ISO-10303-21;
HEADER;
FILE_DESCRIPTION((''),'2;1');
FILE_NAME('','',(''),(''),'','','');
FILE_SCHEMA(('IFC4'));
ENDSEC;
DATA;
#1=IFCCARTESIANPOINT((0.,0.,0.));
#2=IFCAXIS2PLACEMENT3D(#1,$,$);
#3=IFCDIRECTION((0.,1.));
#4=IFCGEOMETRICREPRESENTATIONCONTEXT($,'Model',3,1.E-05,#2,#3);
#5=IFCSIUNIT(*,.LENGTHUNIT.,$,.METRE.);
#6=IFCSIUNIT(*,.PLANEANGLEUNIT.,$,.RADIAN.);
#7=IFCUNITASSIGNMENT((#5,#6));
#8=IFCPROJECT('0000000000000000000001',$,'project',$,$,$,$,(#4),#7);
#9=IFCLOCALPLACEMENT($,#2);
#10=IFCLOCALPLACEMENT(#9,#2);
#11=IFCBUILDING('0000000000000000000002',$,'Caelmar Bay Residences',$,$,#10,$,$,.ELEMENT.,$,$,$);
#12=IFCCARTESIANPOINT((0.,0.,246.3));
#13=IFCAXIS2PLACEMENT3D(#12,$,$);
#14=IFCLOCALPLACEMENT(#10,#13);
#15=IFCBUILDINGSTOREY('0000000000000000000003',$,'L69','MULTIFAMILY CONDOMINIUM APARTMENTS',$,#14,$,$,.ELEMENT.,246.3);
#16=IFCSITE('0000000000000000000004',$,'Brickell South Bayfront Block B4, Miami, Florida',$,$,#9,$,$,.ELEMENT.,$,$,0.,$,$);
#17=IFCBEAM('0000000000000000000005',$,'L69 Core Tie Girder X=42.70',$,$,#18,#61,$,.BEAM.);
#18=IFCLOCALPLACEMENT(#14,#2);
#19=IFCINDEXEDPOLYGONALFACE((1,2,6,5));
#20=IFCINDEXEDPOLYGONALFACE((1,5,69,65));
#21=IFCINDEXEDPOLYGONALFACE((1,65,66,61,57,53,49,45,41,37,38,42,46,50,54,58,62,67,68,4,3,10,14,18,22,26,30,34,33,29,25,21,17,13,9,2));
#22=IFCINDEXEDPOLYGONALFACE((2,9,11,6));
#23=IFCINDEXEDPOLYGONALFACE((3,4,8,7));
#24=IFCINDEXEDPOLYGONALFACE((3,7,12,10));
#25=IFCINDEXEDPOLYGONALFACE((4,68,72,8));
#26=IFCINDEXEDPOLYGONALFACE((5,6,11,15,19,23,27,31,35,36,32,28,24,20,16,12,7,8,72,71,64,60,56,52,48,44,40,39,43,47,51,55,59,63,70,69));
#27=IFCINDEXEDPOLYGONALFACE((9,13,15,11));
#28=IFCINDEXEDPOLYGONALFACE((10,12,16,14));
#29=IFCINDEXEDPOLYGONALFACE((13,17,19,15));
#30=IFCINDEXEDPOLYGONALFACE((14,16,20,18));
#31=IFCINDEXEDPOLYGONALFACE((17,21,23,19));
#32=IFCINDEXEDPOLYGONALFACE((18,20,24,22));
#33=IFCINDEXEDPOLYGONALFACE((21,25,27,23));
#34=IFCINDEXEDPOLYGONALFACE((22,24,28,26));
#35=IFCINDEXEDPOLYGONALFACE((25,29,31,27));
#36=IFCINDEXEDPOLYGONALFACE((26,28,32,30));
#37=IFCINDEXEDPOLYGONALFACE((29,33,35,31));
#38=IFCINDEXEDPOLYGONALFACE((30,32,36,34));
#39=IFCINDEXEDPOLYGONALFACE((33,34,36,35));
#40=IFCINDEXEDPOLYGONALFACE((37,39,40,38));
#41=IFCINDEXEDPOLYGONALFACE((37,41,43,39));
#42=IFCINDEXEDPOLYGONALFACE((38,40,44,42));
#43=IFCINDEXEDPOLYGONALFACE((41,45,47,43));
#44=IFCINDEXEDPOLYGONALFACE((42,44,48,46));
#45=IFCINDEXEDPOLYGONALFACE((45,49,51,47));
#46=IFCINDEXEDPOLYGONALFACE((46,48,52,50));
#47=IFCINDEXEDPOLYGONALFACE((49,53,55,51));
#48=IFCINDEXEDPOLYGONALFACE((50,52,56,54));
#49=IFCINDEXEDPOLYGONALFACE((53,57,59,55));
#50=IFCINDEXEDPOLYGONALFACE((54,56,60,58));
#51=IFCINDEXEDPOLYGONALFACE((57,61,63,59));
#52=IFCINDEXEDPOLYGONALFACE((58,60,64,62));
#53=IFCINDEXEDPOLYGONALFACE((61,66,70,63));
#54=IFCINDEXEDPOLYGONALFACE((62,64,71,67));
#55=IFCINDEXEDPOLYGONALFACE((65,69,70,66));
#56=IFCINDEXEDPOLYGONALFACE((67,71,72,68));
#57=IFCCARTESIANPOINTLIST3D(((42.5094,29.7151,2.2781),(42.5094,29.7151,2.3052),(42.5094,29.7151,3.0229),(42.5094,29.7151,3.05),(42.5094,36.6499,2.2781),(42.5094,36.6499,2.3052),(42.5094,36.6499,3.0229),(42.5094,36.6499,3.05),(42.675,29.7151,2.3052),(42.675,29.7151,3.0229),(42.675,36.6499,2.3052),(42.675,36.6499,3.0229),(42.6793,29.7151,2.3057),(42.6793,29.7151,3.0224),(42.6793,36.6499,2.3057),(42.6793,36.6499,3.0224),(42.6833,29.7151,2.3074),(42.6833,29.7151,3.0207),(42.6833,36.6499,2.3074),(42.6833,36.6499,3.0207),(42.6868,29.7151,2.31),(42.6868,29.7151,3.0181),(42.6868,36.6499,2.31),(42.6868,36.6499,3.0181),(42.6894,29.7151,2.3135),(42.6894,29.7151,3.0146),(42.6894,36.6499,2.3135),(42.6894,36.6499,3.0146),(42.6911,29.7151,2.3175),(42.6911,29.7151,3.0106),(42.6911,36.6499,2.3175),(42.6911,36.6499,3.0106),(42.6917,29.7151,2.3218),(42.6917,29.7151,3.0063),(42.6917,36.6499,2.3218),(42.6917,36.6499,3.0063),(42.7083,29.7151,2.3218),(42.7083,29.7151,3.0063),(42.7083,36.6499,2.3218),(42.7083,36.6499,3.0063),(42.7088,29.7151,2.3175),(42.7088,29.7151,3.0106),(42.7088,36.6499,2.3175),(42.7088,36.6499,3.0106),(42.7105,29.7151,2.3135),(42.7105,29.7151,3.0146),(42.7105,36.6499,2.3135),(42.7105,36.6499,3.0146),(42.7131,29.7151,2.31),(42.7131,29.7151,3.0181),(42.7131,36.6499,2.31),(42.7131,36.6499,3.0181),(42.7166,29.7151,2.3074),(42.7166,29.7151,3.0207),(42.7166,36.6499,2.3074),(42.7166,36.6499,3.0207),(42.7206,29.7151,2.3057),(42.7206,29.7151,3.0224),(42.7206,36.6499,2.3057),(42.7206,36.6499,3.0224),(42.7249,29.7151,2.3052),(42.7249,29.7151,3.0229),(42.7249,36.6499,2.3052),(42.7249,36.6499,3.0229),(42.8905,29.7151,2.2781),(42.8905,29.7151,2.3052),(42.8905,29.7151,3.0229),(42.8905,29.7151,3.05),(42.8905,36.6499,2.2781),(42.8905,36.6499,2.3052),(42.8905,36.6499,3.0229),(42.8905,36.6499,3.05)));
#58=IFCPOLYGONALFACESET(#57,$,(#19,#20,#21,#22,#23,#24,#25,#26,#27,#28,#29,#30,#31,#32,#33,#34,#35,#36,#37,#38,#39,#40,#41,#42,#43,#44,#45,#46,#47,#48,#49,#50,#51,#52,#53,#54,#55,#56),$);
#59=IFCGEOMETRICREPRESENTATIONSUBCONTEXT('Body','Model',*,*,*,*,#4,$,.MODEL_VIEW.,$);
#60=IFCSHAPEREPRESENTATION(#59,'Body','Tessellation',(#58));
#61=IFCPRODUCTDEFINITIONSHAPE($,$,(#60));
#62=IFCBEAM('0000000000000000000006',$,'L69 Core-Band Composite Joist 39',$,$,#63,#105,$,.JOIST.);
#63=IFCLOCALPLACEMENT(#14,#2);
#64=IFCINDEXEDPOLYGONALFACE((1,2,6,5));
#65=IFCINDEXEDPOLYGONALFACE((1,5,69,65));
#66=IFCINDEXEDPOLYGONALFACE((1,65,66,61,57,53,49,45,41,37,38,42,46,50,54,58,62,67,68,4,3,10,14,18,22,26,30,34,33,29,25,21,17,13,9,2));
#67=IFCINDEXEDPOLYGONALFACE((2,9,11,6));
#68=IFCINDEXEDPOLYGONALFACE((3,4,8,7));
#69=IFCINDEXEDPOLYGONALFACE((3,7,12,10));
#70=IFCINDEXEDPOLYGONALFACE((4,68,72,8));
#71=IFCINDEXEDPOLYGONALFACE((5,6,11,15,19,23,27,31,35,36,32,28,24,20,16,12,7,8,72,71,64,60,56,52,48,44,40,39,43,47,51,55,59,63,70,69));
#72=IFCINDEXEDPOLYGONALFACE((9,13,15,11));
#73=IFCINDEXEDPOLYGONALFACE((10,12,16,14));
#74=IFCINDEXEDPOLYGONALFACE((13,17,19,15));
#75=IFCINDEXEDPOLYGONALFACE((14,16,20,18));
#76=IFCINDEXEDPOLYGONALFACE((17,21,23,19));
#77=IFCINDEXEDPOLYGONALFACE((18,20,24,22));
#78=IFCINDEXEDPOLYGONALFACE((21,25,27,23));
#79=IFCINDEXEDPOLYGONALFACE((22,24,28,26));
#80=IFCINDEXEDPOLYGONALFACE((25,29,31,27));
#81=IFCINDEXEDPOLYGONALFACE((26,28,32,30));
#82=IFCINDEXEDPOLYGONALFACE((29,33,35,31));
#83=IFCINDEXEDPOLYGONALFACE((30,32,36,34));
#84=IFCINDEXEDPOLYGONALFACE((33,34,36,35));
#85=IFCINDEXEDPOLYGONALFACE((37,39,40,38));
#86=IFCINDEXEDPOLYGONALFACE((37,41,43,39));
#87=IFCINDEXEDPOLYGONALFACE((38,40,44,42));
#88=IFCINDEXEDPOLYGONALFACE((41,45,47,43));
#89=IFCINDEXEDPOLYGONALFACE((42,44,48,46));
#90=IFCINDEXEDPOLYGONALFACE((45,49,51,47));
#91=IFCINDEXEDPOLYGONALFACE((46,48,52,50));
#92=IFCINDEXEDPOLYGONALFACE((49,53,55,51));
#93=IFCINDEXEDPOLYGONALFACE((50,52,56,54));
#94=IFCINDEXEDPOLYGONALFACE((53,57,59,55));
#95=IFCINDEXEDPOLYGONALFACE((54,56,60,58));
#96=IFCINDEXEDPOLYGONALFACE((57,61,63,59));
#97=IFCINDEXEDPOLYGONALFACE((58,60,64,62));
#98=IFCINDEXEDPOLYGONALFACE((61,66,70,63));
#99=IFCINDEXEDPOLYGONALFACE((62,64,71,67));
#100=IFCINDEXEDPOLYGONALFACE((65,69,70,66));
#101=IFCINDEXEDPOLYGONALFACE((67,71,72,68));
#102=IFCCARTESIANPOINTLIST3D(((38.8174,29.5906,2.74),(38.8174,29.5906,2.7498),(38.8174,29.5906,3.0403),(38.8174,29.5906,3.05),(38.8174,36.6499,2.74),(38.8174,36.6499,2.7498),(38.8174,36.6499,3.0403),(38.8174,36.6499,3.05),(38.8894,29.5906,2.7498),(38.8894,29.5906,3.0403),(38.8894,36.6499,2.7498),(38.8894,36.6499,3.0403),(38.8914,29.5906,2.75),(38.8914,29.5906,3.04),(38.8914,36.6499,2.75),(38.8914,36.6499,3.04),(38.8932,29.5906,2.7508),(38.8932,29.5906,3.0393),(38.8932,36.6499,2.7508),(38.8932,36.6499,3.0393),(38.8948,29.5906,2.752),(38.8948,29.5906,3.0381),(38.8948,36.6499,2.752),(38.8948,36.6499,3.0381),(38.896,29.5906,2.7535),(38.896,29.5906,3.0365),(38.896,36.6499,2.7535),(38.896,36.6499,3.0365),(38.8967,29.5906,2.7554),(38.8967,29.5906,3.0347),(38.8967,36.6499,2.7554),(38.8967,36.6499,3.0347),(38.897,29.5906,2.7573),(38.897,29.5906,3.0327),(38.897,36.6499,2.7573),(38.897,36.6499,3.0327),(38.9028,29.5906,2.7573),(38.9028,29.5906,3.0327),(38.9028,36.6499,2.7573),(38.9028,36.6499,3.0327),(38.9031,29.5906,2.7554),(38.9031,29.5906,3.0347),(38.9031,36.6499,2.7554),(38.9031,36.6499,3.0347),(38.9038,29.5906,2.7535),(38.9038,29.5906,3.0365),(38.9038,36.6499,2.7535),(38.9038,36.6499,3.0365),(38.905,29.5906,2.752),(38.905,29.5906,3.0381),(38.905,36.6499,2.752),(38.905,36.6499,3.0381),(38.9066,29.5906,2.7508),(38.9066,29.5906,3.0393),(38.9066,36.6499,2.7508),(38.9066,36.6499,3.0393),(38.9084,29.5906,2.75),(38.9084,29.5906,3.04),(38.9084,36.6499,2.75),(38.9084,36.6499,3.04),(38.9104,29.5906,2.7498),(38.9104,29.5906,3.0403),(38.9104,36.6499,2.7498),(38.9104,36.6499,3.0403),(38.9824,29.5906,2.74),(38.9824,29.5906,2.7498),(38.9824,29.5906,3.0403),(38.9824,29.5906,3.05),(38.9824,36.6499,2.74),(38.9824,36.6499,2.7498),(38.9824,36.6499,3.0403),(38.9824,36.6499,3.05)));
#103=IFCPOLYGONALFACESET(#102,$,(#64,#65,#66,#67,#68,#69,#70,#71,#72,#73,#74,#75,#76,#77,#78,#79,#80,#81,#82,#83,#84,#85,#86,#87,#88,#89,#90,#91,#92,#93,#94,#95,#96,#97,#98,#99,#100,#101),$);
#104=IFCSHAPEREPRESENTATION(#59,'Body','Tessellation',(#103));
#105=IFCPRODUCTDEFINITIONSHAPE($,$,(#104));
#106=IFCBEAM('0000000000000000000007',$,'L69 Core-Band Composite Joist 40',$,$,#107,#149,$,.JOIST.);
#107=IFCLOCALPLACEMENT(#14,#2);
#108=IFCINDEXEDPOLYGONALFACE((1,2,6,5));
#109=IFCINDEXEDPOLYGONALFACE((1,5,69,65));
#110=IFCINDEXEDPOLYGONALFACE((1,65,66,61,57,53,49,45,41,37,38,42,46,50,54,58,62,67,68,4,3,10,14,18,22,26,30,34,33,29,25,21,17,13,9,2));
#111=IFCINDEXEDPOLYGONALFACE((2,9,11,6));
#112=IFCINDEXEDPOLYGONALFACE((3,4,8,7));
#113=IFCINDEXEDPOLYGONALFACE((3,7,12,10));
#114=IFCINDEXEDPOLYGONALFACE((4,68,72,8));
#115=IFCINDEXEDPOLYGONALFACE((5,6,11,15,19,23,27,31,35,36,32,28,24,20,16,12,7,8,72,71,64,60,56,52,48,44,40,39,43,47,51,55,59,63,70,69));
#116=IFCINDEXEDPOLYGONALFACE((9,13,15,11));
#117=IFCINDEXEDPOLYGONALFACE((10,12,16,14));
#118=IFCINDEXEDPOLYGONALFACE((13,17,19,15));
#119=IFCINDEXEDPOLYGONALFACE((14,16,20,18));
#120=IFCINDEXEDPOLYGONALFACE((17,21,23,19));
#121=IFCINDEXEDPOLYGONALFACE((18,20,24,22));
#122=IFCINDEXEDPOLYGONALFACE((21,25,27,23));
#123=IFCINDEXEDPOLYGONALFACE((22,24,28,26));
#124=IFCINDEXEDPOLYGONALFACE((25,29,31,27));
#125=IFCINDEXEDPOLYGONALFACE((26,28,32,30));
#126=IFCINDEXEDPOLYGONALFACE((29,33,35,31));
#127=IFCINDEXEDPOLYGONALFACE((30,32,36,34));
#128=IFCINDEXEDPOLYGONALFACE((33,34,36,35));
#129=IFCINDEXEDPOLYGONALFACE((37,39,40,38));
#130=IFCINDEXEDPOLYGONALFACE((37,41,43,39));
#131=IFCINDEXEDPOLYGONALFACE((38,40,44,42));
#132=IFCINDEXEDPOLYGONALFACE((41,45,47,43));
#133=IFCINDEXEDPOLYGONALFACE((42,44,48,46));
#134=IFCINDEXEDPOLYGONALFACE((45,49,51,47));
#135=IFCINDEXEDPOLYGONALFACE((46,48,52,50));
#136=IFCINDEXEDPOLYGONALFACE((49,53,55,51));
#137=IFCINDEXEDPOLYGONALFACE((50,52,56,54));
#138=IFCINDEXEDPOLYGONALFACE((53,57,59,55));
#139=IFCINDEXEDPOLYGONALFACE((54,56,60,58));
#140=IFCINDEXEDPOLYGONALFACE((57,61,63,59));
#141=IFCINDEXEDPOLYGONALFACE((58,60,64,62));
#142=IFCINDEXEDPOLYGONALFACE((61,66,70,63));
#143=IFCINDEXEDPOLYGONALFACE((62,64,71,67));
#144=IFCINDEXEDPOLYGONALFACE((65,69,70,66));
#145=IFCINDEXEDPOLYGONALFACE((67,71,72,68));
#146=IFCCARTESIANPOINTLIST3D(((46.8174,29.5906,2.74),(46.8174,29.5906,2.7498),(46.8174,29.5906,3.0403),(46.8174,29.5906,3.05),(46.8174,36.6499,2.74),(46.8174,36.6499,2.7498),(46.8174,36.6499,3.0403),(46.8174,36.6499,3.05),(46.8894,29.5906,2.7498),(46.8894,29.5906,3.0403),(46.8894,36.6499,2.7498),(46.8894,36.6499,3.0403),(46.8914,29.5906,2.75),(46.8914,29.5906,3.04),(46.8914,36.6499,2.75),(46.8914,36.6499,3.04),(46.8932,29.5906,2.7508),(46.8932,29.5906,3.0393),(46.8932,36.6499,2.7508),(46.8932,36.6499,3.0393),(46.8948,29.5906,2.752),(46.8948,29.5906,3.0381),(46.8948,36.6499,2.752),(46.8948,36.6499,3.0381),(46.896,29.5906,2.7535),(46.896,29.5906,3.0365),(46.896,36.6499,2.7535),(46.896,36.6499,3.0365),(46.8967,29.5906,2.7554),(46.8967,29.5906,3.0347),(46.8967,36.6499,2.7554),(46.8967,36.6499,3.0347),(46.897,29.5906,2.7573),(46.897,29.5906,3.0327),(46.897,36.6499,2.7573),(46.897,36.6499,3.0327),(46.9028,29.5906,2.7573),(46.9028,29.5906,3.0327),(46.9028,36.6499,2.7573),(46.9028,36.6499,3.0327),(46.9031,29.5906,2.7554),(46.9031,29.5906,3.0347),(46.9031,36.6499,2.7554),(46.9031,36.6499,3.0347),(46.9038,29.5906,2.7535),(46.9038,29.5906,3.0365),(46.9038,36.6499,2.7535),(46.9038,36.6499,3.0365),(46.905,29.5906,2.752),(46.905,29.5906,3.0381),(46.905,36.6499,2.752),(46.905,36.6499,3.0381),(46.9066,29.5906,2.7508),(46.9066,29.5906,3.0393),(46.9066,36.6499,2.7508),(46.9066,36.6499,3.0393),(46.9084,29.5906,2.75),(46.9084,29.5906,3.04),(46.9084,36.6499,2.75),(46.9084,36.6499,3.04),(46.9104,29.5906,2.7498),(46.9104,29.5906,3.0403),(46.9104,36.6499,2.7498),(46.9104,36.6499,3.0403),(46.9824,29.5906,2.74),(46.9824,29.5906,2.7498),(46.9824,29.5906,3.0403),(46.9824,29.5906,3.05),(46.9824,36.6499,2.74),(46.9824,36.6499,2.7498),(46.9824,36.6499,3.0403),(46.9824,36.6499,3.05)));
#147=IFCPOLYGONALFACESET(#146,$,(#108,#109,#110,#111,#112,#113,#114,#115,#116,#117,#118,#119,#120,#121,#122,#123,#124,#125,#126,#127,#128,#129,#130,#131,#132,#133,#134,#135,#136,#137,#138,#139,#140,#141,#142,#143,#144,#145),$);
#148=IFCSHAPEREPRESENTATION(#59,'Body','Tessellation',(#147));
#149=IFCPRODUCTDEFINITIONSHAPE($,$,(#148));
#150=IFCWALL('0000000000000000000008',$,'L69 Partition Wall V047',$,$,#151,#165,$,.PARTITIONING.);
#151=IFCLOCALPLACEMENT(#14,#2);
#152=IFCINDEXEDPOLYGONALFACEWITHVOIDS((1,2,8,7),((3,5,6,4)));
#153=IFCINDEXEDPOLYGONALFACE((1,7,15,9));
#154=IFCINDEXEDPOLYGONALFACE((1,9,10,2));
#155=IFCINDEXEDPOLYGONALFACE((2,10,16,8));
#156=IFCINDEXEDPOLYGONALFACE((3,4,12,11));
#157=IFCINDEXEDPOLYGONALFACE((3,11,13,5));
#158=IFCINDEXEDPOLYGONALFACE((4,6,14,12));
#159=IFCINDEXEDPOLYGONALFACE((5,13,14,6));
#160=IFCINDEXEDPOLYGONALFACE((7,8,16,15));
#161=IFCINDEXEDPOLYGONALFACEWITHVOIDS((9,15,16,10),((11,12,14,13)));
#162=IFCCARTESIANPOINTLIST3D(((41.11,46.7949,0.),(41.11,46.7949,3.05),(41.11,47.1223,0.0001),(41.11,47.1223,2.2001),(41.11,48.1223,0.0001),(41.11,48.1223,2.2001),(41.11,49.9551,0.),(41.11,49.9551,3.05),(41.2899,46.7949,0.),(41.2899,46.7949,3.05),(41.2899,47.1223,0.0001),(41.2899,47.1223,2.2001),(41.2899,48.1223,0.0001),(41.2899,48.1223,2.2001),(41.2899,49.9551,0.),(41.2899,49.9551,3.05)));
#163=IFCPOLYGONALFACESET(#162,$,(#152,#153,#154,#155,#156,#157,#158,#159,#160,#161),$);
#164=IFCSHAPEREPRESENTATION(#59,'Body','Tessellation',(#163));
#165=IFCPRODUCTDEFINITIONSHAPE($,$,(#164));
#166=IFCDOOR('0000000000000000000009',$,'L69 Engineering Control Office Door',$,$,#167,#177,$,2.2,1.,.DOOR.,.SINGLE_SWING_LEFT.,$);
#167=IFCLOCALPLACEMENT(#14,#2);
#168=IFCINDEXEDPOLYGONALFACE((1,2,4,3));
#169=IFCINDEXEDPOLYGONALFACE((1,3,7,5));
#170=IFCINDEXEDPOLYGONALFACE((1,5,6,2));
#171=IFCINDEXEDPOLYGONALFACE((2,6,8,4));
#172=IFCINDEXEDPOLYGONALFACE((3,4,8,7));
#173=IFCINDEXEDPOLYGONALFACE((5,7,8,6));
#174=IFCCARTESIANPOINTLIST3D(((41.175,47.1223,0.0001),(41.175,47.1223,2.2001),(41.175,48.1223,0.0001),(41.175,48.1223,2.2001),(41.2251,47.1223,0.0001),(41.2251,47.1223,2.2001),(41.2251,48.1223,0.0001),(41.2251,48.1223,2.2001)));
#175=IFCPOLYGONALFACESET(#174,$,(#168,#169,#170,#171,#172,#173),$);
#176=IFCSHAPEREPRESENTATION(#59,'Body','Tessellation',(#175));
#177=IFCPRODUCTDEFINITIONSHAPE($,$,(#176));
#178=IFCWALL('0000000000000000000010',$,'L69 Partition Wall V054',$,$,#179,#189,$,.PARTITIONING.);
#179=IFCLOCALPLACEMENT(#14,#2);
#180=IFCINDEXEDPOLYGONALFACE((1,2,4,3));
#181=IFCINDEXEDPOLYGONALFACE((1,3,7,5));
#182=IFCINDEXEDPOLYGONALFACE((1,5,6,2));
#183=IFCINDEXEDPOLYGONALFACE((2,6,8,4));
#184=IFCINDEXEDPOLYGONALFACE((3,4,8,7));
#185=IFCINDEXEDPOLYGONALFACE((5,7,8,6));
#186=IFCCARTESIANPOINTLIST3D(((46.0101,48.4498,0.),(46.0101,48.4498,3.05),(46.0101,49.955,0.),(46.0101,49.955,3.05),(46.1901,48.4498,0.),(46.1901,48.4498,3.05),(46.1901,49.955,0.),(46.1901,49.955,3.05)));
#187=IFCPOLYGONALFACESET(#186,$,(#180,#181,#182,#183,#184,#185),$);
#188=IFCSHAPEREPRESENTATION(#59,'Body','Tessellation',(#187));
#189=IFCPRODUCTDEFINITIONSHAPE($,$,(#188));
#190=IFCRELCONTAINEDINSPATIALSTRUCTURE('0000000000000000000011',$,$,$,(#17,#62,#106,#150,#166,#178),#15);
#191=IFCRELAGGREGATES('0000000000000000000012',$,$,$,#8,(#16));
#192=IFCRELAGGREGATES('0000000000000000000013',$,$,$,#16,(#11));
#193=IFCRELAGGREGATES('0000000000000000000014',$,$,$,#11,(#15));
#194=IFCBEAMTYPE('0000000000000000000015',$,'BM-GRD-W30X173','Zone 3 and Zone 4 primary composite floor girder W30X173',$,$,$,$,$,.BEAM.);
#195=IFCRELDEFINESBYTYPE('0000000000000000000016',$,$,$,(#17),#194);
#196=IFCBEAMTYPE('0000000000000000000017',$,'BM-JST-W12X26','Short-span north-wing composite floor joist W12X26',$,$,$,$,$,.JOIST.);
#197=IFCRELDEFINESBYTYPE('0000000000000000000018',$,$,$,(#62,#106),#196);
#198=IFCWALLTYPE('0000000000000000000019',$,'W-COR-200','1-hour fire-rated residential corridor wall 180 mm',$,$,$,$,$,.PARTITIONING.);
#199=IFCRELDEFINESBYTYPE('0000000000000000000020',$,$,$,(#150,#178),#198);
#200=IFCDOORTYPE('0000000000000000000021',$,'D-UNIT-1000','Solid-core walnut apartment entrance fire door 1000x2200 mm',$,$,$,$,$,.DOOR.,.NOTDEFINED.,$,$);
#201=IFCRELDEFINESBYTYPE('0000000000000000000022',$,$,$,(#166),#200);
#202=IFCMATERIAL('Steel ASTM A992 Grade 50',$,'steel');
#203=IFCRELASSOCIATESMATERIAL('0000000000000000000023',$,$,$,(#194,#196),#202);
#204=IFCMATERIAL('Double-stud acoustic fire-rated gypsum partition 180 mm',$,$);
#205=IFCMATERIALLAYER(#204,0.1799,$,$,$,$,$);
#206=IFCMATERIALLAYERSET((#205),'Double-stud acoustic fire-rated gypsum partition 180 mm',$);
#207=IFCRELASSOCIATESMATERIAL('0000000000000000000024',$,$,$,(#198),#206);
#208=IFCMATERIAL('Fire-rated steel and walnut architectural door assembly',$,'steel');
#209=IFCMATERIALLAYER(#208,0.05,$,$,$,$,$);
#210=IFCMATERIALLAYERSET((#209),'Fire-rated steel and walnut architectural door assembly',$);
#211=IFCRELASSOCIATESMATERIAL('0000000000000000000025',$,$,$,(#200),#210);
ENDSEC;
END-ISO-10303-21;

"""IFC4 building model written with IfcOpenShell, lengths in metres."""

from ifc_helpers import new_model, si_unit, direction, frame, frame_2d, origin, origin_2d, place, context, subcontext, project, spatial, rectangle, i_section, extrude, material, layer, layer_set, material_profile, profile_set, type_object, element, fill, save


model = new_model("IFC4")

# Units and contexts
model_context = context("Model", 3, precision=1e-05, world=origin(), true_north=direction((0.0, 1.0)))
body_context = subcontext(model_context, "Body", "Model", "MODEL_VIEW")
ifc_project = project(units=[si_unit("LENGTHUNIT", "METRE"), si_unit("PLANEANGLEUNIT", "RADIAN")], contexts=[model_context])

# Site, building, storey
site_placement = place(None, origin())
site = spatial("IfcSite", under=ifc_project, at=site_placement, Name="Brickell South Bayfront Block B4, Miami, Florida", CompositionType="ELEMENT", RefElevation=0.0)
building_placement = place(site_placement, origin())
building = spatial("IfcBuilding", under=site, at=building_placement, Name="Caelmar Bay Residences", CompositionType="ELEMENT")
storey_placement = place(building_placement, frame((0.0, 0.0, 246.3)))
storey = spatial("IfcBuildingStorey", under=building, at=storey_placement, Name="L69", Description="MULTIFAMILY CONDOMINIUM APARTMENTS", CompositionType="ELEMENT", Elevation=246.3)

# Beams
ifc_material_1 = material(Name="Steel ASTM A992 Grade 50", Category="steel")
ifc_material_profile_1 = material_profile(ifc_material_1, i_section(OverallWidth=0.3811, OverallDepth=0.772, WebThickness=0.0166, FlangeThickness=0.0271, FilletRadius=0.0166, at=origin_2d()), Name="W30X173")
ifc_profile_set_1 = profile_set([ifc_material_profile_1], Name="Steel ASTM A992 Grade 50")
beam_type_1 = type_object("IfcBeamType", Name="BM-GRD-W30X173", Description="Zone 3 and Zone 4 primary composite floor girder W30X173", PredefinedType="BEAM", material=ifc_profile_set_1)
beam_placement = place(storey_placement, frame((42.7, 29.7151, 2.6641), z_axis=(0.0, 1.0, 0.0), x_axis=(-1.0, 0.0, 0.0)))
element("IfcBeam", 1, at=beam_placement, inside=storey, type_object=beam_type_1, Name="L69 Core Tie Girder X=42.70", PredefinedType="BEAM", context=body_context, shape_type="SweptSolid", body=[
    extrude(i_section(OverallWidth=0.3811, OverallDepth=0.772, WebThickness=0.0166, FlangeThickness=0.0271, FilletRadius=0.0166, at=origin_2d()), origin(), (0.0, 0.0, 1.0), 6.9348),
])
ifc_material_profile_2 = material_profile(ifc_material_1, i_section(OverallWidth=0.165, OverallDepth=0.3101, WebThickness=0.0059, FlangeThickness=0.0098, FilletRadius=0.0076, at=origin_2d()), Name="W12X26")
ifc_profile_set_2 = profile_set([ifc_material_profile_2], Name="Steel ASTM A992 Grade 50")
beam_type_2 = type_object("IfcBeamType", Name="BM-JST-W12X26", Description="Short-span north-wing composite floor joist W12X26", PredefinedType="JOIST", material=ifc_profile_set_2)
for number, where, z_axis, x_axis, name in (
    (2, (38.8999, 29.5906, 2.895), (0.0, 1.0, 0.0), (-1.0, 0.0, 0.0), "L69 Core-Band Composite Joist 39"),
    (3, (46.8999, 29.5906, 2.895), (0.0, 1.0, 0.0), (-1.0, 0.0, 0.0), "L69 Core-Band Composite Joist 40"),
):
    element("IfcBeam", number, at=place(storey_placement, frame(where, z_axis=z_axis, x_axis=x_axis)), inside=storey, type_object=beam_type_2, Name=name, PredefinedType="JOIST", context=body_context, shape_type="SweptSolid", body=[
        extrude(i_section(OverallWidth=0.165, OverallDepth=0.3101, WebThickness=0.0059, FlangeThickness=0.0098, FilletRadius=0.0076, at=origin_2d()), origin(), (0.0, 0.0, 1.0), 7.0593),
    ])

# Wall, opening, door
ifc_material_2 = material(Name="Double-stud acoustic fire-rated gypsum partition 180 mm")
ifc_layer_1 = layer(ifc_material_2, 0.1799)
ifc_layer_set_1 = layer_set([ifc_layer_1], Name="Double-stud acoustic fire-rated gypsum partition 180 mm")
wall_type_1 = type_object("IfcWallType", Name="W-COR-200", Description="1-hour fire-rated residential corridor wall 180 mm", PredefinedType="PARTITIONING", material=ifc_layer_set_1)
wall_1_placement = place(storey_placement, frame((41.2, 46.7949, 0.0), z_axis=(0.0, 0.0, 1.0), x_axis=(0.0, 1.0, 0.0)))
wall_1 = element("IfcWall", 4, at=wall_1_placement, inside=storey, type_object=wall_type_1, Name="L69 Partition Wall V047", PredefinedType="PARTITIONING", context=body_context, shape_type="SweptSolid", body=[
    extrude(rectangle(XDim=3.1602, YDim=0.1799, at=frame_2d((1.5801, 0.0))), origin(), (0.0, 0.0, 1.0), 3.05),
])
opening_1_placement = place(wall_1_placement, frame((0.3274, 0.0, 0.0)))
opening_1 = element("IfcOpeningElement", 5, at=opening_1_placement, cuts=wall_1, PredefinedType="OPENING", context=body_context, shape_type="SweptSolid", body=[
    extrude(rectangle(XDim=1.0, YDim=2.2, at=frame_2d((0.5, 1.1001))), frame((0.0, 0.0999, 0.0), z_axis=(0.0, -1.0, 0.0), x_axis=(1.0, 0.0, 0.0)), (0.0, 0.0, 1.0), 0.2),
])
ifc_material_3 = material(Name="Fire-rated steel and walnut architectural door assembly", Category="steel")
ifc_layer_2 = layer(ifc_material_3, 0.05)
ifc_layer_set_2 = layer_set([ifc_layer_2], Name="Fire-rated steel and walnut architectural door assembly")
door_type_1 = type_object("IfcDoorType", Name="D-UNIT-1000", Description="Solid-core walnut apartment entrance fire door 1000x2200 mm", OperationType="NOTDEFINED", PredefinedType="DOOR", material=ifc_layer_set_2)
door_1_placement = place(opening_1_placement, origin())
door_1 = element("IfcDoor", 6, at=door_1_placement, inside=storey, type_object=door_type_1, Name="L69 Engineering Control Office Door", OperationType="SINGLE_SWING_LEFT", OverallHeight=2.2, OverallWidth=1.0, PredefinedType="DOOR", context=body_context, shape_type="SweptSolid", body=[
    extrude(rectangle(XDim=1.0, YDim=2.2, at=frame_2d((0.5, 1.1001))), frame((0.0, 0.0249, 0.0), z_axis=(0.0, -1.0, 0.0), x_axis=(1.0, 0.0, 0.0)), (0.0, 0.0, 1.0), 0.05),
])
fill(opening_1, door_1)

# Wall
for number, where, z_axis, x_axis, name in (
    (7, (46.1001, 48.45, 0.0), (0.0, 0.0, 1.0), (0.0, 1.0, 0.0), "L69 Partition Wall V054"),
):
    element("IfcWall", number, at=place(storey_placement, frame(where, z_axis=z_axis, x_axis=x_axis)), inside=storey, type_object=wall_type_1, Name=name, PredefinedType="PARTITIONING", context=body_context, shape_type="SweptSolid", body=[
        extrude(rectangle(XDim=1.5051, YDim=0.1799, at=frame_2d((0.7524, 0.0))), origin(), (0.0, 0.0, 1.0), 3.05),
    ])

save(model, "model.ifc")
